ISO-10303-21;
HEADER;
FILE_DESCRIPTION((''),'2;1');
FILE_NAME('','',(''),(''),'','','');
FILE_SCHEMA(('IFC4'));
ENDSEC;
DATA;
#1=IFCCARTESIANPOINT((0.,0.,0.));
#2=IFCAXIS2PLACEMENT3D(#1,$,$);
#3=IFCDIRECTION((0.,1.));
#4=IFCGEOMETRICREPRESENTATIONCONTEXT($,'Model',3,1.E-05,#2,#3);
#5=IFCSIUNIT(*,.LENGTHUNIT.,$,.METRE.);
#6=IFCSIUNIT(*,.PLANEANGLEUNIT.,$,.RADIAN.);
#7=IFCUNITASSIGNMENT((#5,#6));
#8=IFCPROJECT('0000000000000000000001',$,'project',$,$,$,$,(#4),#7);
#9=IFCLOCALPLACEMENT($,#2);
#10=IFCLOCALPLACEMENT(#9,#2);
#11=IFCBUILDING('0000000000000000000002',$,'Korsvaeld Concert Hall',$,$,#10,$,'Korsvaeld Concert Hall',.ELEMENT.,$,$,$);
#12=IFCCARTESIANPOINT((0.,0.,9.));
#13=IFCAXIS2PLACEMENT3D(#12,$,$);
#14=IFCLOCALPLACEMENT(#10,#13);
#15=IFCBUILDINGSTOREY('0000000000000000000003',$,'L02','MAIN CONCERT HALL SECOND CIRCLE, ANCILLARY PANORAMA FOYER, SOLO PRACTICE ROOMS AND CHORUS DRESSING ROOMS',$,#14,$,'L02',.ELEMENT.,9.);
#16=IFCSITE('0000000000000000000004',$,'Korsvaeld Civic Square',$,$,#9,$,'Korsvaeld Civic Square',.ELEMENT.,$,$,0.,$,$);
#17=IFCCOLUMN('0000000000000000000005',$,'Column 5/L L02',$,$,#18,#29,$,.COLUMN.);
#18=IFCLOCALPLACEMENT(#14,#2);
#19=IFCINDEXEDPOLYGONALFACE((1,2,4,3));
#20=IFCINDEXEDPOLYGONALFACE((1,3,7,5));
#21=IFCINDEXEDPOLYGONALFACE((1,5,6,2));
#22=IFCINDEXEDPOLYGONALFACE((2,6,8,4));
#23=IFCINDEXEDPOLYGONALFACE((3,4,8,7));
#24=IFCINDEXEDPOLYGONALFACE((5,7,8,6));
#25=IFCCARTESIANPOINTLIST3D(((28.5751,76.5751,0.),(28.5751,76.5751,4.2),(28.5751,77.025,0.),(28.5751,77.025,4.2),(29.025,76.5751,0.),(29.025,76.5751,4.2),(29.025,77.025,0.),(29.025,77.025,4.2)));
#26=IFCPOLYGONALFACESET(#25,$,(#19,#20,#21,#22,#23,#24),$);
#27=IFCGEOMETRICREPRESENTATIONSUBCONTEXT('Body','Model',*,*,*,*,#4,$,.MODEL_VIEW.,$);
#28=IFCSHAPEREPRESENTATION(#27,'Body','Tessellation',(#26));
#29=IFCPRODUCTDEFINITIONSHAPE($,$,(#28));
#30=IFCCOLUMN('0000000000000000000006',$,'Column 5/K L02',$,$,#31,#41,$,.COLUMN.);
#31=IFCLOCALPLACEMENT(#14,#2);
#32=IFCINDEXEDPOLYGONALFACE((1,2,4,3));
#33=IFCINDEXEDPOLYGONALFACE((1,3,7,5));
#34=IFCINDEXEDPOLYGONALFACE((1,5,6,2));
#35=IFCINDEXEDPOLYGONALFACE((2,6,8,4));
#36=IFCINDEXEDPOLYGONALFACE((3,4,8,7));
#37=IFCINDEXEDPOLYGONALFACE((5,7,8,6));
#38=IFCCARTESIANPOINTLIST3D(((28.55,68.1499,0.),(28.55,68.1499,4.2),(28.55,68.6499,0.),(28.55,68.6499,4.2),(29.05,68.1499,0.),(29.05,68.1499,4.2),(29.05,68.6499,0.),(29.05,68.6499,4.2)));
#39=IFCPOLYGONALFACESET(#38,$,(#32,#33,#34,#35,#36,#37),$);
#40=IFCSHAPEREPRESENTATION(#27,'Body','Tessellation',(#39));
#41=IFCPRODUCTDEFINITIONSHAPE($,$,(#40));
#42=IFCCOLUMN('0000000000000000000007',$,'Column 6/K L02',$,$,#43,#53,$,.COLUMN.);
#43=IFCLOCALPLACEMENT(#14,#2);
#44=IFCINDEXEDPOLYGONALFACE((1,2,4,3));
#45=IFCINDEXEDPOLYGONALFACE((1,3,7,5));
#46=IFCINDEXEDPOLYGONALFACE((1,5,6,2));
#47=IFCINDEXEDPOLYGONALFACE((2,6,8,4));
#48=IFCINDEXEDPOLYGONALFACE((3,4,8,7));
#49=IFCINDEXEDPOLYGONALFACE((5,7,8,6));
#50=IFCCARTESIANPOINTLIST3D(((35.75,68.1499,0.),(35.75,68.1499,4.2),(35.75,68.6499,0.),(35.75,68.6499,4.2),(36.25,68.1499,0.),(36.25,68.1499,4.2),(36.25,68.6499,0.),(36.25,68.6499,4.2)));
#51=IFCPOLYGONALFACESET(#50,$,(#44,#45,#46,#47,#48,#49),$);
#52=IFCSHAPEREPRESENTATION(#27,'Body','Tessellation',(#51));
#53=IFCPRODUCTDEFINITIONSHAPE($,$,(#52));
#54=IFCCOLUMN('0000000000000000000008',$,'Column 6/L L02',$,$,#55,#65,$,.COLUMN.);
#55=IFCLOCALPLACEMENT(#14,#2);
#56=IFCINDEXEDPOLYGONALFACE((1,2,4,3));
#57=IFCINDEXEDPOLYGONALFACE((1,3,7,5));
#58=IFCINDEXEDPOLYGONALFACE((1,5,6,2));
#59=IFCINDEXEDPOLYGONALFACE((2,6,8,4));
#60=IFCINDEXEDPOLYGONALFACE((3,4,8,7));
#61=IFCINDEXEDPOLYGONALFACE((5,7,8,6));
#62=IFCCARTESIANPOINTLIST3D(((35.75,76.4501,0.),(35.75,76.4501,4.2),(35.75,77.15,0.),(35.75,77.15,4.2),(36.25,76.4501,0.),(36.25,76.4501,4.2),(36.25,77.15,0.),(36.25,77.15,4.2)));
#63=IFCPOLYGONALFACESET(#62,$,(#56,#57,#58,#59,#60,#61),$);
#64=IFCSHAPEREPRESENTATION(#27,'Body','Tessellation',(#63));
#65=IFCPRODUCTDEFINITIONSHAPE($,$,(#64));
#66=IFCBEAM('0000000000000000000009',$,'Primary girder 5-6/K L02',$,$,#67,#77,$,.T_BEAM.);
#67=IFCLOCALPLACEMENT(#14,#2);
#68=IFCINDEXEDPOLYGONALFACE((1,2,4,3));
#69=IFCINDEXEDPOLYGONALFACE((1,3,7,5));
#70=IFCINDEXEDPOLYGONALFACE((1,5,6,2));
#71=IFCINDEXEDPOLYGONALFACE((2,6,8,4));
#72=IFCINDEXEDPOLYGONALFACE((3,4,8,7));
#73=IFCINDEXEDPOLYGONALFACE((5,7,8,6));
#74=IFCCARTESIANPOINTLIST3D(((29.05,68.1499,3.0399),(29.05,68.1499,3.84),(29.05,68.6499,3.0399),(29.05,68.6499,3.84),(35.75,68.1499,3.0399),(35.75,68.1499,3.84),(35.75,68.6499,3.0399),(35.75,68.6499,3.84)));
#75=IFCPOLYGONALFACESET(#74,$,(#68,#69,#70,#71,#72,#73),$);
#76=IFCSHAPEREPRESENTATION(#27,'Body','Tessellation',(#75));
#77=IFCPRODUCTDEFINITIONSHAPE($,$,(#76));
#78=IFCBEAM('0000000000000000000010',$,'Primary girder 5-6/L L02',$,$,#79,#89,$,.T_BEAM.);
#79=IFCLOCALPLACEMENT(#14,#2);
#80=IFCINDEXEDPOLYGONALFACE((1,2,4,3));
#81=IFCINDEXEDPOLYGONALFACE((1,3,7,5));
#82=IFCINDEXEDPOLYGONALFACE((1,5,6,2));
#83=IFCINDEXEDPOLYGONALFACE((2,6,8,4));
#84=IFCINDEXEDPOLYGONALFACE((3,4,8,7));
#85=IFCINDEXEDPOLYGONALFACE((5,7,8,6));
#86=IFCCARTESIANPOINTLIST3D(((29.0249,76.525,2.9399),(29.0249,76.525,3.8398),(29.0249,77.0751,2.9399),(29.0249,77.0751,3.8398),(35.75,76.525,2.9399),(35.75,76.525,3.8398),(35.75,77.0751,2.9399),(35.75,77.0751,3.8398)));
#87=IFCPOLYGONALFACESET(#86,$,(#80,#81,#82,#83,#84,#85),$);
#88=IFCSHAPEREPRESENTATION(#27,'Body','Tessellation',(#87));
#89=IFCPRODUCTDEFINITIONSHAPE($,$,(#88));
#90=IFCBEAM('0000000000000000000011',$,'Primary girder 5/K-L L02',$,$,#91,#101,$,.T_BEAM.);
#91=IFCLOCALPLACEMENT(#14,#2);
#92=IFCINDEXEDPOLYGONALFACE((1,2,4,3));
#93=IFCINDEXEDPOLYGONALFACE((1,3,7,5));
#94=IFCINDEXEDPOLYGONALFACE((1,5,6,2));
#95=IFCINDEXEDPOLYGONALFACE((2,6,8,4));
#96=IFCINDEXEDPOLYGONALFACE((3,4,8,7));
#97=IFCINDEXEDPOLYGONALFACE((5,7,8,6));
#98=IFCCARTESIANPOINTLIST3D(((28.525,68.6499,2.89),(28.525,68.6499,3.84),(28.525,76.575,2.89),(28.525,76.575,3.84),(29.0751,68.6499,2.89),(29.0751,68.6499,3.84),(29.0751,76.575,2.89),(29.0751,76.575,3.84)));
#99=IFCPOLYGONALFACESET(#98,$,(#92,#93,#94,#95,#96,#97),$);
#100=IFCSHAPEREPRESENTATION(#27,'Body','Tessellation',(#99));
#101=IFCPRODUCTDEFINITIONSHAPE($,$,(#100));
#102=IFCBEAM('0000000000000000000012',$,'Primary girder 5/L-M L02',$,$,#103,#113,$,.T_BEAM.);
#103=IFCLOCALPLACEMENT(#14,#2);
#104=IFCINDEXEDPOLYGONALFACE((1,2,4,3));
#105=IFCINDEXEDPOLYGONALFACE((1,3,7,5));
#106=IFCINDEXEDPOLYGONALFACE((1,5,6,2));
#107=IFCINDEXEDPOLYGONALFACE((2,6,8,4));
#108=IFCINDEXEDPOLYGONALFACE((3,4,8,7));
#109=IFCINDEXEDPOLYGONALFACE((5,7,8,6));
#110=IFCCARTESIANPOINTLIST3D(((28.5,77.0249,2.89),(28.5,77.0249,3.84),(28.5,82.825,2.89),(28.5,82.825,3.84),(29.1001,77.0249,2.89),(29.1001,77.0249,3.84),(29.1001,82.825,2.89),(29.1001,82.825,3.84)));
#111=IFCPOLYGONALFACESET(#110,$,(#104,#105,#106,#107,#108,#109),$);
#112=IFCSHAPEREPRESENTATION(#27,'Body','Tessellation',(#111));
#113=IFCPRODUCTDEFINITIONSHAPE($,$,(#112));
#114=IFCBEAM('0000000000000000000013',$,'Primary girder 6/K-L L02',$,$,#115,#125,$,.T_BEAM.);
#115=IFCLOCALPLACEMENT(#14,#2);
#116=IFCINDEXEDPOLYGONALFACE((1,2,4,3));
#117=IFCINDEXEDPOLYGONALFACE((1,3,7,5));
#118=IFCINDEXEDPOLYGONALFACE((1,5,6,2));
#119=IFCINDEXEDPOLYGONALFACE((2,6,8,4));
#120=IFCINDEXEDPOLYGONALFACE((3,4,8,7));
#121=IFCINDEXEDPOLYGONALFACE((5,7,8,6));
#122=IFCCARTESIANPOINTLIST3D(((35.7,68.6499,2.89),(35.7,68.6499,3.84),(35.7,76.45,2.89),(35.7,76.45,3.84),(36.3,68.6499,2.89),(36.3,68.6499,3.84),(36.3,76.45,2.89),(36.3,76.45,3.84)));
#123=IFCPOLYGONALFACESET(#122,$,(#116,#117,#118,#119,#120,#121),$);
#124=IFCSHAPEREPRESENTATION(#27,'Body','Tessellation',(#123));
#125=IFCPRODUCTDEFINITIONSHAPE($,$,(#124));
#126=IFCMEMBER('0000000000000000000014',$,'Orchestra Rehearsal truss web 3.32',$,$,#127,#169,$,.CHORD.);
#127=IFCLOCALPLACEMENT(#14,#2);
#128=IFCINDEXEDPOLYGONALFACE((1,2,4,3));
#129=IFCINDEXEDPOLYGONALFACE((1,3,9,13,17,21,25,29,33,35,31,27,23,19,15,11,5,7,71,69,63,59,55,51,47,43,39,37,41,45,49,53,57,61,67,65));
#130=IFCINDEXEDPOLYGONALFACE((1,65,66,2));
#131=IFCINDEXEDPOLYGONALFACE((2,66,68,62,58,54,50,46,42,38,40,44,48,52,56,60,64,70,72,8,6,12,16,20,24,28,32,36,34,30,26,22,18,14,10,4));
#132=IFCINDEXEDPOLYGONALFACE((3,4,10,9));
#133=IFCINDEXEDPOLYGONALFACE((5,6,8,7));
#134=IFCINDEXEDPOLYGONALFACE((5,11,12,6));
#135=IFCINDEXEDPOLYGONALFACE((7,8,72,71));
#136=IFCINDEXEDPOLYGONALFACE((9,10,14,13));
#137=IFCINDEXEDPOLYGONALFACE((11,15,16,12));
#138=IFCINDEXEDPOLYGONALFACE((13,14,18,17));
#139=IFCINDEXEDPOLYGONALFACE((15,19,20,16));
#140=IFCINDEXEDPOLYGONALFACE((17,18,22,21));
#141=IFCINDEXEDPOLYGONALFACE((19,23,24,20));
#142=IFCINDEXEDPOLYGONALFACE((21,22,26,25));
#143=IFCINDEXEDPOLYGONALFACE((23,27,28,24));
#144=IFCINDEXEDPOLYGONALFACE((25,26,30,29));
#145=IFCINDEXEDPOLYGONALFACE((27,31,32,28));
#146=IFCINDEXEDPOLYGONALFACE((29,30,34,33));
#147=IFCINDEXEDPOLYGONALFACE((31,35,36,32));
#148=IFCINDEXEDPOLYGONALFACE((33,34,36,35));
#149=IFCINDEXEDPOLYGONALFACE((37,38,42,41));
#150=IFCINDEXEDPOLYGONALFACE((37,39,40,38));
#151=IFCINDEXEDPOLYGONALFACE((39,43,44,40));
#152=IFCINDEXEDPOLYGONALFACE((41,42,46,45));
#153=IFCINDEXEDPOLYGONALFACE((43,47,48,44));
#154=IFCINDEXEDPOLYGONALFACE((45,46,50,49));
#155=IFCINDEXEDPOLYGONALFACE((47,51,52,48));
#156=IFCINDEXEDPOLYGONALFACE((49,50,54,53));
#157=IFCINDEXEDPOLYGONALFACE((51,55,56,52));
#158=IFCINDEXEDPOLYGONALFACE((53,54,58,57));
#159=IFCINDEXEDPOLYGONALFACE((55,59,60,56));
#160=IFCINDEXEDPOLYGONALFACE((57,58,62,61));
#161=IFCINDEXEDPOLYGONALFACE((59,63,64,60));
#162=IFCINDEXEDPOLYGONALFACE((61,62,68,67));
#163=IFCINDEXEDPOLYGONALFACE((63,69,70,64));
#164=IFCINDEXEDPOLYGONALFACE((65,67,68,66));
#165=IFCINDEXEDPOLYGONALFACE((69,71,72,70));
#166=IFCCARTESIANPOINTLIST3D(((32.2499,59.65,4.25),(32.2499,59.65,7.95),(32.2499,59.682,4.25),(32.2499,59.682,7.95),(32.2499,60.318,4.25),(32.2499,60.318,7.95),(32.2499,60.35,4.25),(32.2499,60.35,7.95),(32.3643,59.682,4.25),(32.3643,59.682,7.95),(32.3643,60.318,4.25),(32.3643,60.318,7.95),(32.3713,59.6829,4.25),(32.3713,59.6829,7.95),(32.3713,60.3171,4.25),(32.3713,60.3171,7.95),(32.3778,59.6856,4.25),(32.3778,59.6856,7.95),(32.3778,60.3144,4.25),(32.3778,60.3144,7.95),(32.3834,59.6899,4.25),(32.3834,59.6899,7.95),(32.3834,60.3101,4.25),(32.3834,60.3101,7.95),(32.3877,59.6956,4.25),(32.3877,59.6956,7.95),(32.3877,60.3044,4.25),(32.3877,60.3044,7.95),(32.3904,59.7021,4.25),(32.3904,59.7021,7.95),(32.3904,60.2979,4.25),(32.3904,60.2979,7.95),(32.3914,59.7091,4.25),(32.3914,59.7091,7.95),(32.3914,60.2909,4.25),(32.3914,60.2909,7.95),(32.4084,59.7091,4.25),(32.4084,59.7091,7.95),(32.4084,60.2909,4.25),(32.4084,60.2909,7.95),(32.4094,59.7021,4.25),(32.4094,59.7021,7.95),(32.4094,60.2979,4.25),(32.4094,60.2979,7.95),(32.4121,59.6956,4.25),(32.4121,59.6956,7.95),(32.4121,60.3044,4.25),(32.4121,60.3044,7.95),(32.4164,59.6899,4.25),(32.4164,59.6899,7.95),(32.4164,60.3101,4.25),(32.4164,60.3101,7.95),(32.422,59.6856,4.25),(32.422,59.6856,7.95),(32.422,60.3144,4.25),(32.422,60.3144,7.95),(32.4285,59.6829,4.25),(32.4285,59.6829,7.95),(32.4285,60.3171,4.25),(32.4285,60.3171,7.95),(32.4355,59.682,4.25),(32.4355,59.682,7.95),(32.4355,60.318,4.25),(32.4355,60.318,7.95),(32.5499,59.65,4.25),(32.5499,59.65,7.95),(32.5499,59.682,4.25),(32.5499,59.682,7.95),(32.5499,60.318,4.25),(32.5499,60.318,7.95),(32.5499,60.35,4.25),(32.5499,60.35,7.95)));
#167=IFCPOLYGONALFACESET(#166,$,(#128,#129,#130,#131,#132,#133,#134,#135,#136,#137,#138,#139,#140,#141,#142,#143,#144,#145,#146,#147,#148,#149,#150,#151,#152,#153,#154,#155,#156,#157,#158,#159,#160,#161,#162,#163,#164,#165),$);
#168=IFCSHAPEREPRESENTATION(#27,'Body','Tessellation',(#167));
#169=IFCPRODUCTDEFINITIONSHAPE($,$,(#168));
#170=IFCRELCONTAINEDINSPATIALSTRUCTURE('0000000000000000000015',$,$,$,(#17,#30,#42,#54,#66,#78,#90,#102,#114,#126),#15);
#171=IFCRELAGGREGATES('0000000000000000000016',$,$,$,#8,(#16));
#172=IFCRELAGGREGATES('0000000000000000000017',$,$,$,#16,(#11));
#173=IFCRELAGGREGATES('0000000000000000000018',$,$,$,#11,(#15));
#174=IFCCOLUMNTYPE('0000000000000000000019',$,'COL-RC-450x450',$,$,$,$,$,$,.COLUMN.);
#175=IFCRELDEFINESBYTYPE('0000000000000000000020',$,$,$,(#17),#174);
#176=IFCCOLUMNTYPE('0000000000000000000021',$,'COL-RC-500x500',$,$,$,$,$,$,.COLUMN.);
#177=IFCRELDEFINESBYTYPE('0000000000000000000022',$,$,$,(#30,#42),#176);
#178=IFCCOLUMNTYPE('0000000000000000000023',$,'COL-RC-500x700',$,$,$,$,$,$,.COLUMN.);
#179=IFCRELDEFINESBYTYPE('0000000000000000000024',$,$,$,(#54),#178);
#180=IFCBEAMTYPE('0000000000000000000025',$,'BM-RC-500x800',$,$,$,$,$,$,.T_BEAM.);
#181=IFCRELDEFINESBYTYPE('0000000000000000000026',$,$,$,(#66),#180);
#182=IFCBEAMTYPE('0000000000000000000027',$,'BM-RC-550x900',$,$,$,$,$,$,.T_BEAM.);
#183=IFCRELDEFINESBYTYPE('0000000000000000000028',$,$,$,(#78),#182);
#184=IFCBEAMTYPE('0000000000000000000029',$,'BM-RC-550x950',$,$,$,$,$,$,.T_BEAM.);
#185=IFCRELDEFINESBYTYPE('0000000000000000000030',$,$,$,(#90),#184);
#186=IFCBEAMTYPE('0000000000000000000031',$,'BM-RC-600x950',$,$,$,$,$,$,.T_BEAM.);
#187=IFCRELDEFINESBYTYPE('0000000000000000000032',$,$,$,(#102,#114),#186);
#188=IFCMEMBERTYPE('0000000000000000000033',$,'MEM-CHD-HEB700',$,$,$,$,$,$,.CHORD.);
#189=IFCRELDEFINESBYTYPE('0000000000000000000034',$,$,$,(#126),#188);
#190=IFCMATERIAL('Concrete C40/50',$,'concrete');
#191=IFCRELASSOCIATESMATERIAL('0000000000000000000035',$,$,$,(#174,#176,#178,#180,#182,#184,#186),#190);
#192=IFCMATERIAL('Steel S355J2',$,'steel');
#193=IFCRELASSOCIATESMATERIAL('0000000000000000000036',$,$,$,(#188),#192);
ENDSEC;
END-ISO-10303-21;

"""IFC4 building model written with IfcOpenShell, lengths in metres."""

from ifc_helpers import new_model, si_unit, direction, frame, origin, origin_2d, place, context, subcontext, project, spatial, rectangle, i_section, extrude, material, material_profile, profile_set, type_object, element, save


model = new_model("IFC4")

# Units and contexts
model_context = context("Model", 3, precision=1e-05, world=origin(), true_north=direction((0.0, 1.0)))
body_context = subcontext(model_context, "Body", "Model", "MODEL_VIEW")
ifc_project = project(units=[si_unit("LENGTHUNIT", "METRE"), si_unit("PLANEANGLEUNIT", "RADIAN")], contexts=[model_context])

# Site, building, storey
site_placement = place(None, origin())
site = spatial("IfcSite", under=ifc_project, at=site_placement, Name="Korsvaeld Civic Square", LongName="Korsvaeld Civic Square", CompositionType="ELEMENT", RefElevation=0.0)
building_placement = place(site_placement, origin())
building = spatial("IfcBuilding", under=site, at=building_placement, Name="Korsvaeld Concert Hall", LongName="Korsvaeld Concert Hall", CompositionType="ELEMENT")
storey_placement = place(building_placement, frame((0.0, 0.0, 9.0)))
storey = spatial("IfcBuildingStorey", under=building, at=storey_placement, Name="L02", Description="MAIN CONCERT HALL SECOND CIRCLE, ANCILLARY PANORAMA FOYER, SOLO PRACTICE ROOMS AND CHORUS DRESSING ROOMS", LongName="L02", CompositionType="ELEMENT", Elevation=9.0)

# Columns
ifc_material_1 = material(Name="Concrete C40/50", Category="concrete")
ifc_material_profile_1 = material_profile(ifc_material_1, rectangle(XDim=0.45, YDim=0.45, at=origin_2d()), Name="RC 450x450")
ifc_profile_set_1 = profile_set([ifc_material_profile_1], Name="Concrete C40/50")
column_type_1 = type_object("IfcColumnType", Name="COL-RC-450x450", PredefinedType="COLUMN", material=ifc_profile_set_1)
column_1_placement = place(storey_placement, frame((28.8, 76.8, 0.0), z_axis=(0.0, 0.0, 1.0), x_axis=(1.0, 0.0, 0.0)))
element("IfcColumn", 1, at=column_1_placement, inside=storey, type_object=column_type_1, Name="Column 5/L L02", PredefinedType="COLUMN", context=body_context, shape_type="SweptSolid", body=[
    extrude(rectangle(XDim=0.45, YDim=0.45, at=origin_2d()), origin(), (0.0, 0.0, 1.0), 4.2),
])
ifc_material_profile_2 = material_profile(ifc_material_1, rectangle(XDim=0.5, YDim=0.5, at=origin_2d()), Name="RC 500x500")
ifc_profile_set_2 = profile_set([ifc_material_profile_2], Name="Concrete C40/50")
column_type_2 = type_object("IfcColumnType", Name="COL-RC-500x500", PredefinedType="COLUMN", material=ifc_profile_set_2)
for number, where, z_axis, x_axis, name in (
    (2, (28.8, 68.3999, 0.0), (0.0, 0.0, 1.0), (1.0, 0.0, 0.0), "Column 5/K L02"),
    (3, (36.0, 68.3999, 0.0), (0.0, 0.0, 1.0), (1.0, 0.0, 0.0), "Column 6/K L02"),
):
    element("IfcColumn", number, at=place(storey_placement, frame(where, z_axis=z_axis, x_axis=x_axis)), inside=storey, type_object=column_type_2, Name=name, PredefinedType="COLUMN", context=body_context, shape_type="SweptSolid", body=[
        extrude(rectangle(XDim=0.5, YDim=0.5, at=origin_2d()), origin(), (0.0, 0.0, 1.0), 4.2),
    ])
ifc_material_profile_3 = material_profile(ifc_material_1, rectangle(XDim=0.5, YDim=0.7, at=origin_2d()), Name="RC 500x700")
ifc_profile_set_3 = profile_set([ifc_material_profile_3], Name="Concrete C40/50")
column_type_3 = type_object("IfcColumnType", Name="COL-RC-500x700", PredefinedType="COLUMN", material=ifc_profile_set_3)
column_2_placement = place(storey_placement, frame((36.0, 76.8, 0.0), z_axis=(0.0, 0.0, 1.0), x_axis=(1.0, 0.0, 0.0)))
element("IfcColumn", 4, at=column_2_placement, inside=storey, type_object=column_type_3, Name="Column 6/L L02", PredefinedType="COLUMN", context=body_context, shape_type="SweptSolid", body=[
    extrude(rectangle(XDim=0.5, YDim=0.7, at=origin_2d()), origin(), (0.0, 0.0, 1.0), 4.2),
])

# Beams
ifc_material_profile_4 = material_profile(ifc_material_1, rectangle(XDim=0.5, YDim=0.8, at=origin_2d()), Name="RC 500x800")
ifc_profile_set_4 = profile_set([ifc_material_profile_4], Name="Concrete C40/50")
beam_type_1 = type_object("IfcBeamType", Name="BM-RC-500x800", PredefinedType="T_BEAM", material=ifc_profile_set_4)
beam_1_placement = place(storey_placement, frame((29.05, 68.3999, 3.4399), z_axis=(1.0, 0.0, 0.0), x_axis=(0.0, 1.0, 0.0)))
element("IfcBeam", 5, at=beam_1_placement, inside=storey, type_object=beam_type_1, Name="Primary girder 5-6/K L02", PredefinedType="T_BEAM", context=body_context, shape_type="SweptSolid", body=[
    extrude(rectangle(XDim=0.5, YDim=0.8, at=origin_2d()), origin(), (0.0, 0.0, 1.0), 6.7),
])
ifc_material_profile_5 = material_profile(ifc_material_1, rectangle(XDim=0.55, YDim=0.8999, at=origin_2d()), Name="RC 550x900")
ifc_profile_set_5 = profile_set([ifc_material_profile_5], Name="Concrete C40/50")
beam_type_2 = type_object("IfcBeamType", Name="BM-RC-550x900", PredefinedType="T_BEAM", material=ifc_profile_set_5)
beam_2_placement = place(storey_placement, frame((29.0249, 76.8, 3.3899), z_axis=(1.0, 0.0, 0.0), x_axis=(0.0, 1.0, 0.0)))
element("IfcBeam", 6, at=beam_2_placement, inside=storey, type_object=beam_type_2, Name="Primary girder 5-6/L L02", PredefinedType="T_BEAM", context=body_context, shape_type="SweptSolid", body=[
    extrude(rectangle(XDim=0.55, YDim=0.8999, at=origin_2d()), origin(), (0.0, 0.0, 1.0), 6.7251),
])
ifc_material_profile_6 = material_profile(ifc_material_1, rectangle(XDim=0.55, YDim=0.95, at=origin_2d()), Name="RC 550x950")
ifc_profile_set_6 = profile_set([ifc_material_profile_6], Name="Concrete C40/50")
beam_type_3 = type_object("IfcBeamType", Name="BM-RC-550x950", PredefinedType="T_BEAM", material=ifc_profile_set_6)
beam_3_placement = place(storey_placement, frame((28.8, 68.6499, 3.365), z_axis=(0.0, 1.0, 0.0), x_axis=(-1.0, 0.0, 0.0)))
element("IfcBeam", 7, at=beam_3_placement, inside=storey, type_object=beam_type_3, Name="Primary girder 5/K-L L02", PredefinedType="T_BEAM", context=body_context, shape_type="SweptSolid", body=[
    extrude(rectangle(XDim=0.55, YDim=0.95, at=origin_2d()), origin(), (0.0, 0.0, 1.0), 7.925),
])
ifc_material_profile_7 = material_profile(ifc_material_1, rectangle(XDim=0.6001, YDim=0.95, at=origin_2d()), Name="RC 600x950")
ifc_profile_set_7 = profile_set([ifc_material_profile_7], Name="Concrete C40/50")
beam_type_4 = type_object("IfcBeamType", Name="BM-RC-600x950", PredefinedType="T_BEAM", material=ifc_profile_set_7)
beam_4_placement = place(storey_placement, frame((28.8, 77.0249, 3.365), z_axis=(0.0, 1.0, 0.0), x_axis=(-1.0, 0.0, 0.0)))
element("IfcBeam", 8, at=beam_4_placement, inside=storey, type_object=beam_type_4, Name="Primary girder 5/L-M L02", PredefinedType="T_BEAM", context=body_context, shape_type="SweptSolid", body=[
    extrude(rectangle(XDim=0.6001, YDim=0.95, at=origin_2d()), origin(), (0.0, 0.0, 1.0), 5.8),
])
beam_5_placement = place(storey_placement, frame((36.0, 68.6499, 3.365), z_axis=(0.0, 1.0, 0.0), x_axis=(-1.0, 0.0, 0.0)))
element("IfcBeam", 9, at=beam_5_placement, inside=storey, type_object=beam_type_4, Name="Primary girder 6/K-L L02", PredefinedType="T_BEAM", context=body_context, shape_type="SweptSolid", body=[
    extrude(rectangle(XDim=0.6001, YDim=0.95, at=origin_2d()), origin(), (0.0, 0.0, 1.0), 7.8),
])

# Member
ifc_material_2 = material(Name="Steel S355J2", Category="steel")
ifc_material_profile_8 = material_profile(ifc_material_2, i_section(OverallWidth=0.3, OverallDepth=0.7, WebThickness=0.0171, FlangeThickness=0.032, FilletRadius=0.0271, at=origin_2d()), Name="HEB 700")
ifc_profile_set_8 = profile_set([ifc_material_profile_8], Name="Steel S355J2")
member_type_1 = type_object("IfcMemberType", Name="MEM-CHD-HEB700", PredefinedType="CHORD", material=ifc_profile_set_8)
for number, where, z_axis, x_axis, name in (
    (10, (32.3999, 60.0, 4.25), (0.0, 0.0, 1.0), (1.0, 0.0, 0.0), "Orchestra Rehearsal truss web 3.32"),
):
    element("IfcMember", number, at=place(storey_placement, frame(where, z_axis=z_axis, x_axis=x_axis)), inside=storey, type_object=member_type_1, Name=name, PredefinedType="CHORD", context=body_context, shape_type="SweptSolid", body=[
        extrude(i_section(OverallWidth=0.3, OverallDepth=0.7, WebThickness=0.0171, FlangeThickness=0.032, FilletRadius=0.0271, at=origin_2d()), origin(), (0.0, 0.0, 1.0), 3.7),
    ])

save(model, "model.ifc")
